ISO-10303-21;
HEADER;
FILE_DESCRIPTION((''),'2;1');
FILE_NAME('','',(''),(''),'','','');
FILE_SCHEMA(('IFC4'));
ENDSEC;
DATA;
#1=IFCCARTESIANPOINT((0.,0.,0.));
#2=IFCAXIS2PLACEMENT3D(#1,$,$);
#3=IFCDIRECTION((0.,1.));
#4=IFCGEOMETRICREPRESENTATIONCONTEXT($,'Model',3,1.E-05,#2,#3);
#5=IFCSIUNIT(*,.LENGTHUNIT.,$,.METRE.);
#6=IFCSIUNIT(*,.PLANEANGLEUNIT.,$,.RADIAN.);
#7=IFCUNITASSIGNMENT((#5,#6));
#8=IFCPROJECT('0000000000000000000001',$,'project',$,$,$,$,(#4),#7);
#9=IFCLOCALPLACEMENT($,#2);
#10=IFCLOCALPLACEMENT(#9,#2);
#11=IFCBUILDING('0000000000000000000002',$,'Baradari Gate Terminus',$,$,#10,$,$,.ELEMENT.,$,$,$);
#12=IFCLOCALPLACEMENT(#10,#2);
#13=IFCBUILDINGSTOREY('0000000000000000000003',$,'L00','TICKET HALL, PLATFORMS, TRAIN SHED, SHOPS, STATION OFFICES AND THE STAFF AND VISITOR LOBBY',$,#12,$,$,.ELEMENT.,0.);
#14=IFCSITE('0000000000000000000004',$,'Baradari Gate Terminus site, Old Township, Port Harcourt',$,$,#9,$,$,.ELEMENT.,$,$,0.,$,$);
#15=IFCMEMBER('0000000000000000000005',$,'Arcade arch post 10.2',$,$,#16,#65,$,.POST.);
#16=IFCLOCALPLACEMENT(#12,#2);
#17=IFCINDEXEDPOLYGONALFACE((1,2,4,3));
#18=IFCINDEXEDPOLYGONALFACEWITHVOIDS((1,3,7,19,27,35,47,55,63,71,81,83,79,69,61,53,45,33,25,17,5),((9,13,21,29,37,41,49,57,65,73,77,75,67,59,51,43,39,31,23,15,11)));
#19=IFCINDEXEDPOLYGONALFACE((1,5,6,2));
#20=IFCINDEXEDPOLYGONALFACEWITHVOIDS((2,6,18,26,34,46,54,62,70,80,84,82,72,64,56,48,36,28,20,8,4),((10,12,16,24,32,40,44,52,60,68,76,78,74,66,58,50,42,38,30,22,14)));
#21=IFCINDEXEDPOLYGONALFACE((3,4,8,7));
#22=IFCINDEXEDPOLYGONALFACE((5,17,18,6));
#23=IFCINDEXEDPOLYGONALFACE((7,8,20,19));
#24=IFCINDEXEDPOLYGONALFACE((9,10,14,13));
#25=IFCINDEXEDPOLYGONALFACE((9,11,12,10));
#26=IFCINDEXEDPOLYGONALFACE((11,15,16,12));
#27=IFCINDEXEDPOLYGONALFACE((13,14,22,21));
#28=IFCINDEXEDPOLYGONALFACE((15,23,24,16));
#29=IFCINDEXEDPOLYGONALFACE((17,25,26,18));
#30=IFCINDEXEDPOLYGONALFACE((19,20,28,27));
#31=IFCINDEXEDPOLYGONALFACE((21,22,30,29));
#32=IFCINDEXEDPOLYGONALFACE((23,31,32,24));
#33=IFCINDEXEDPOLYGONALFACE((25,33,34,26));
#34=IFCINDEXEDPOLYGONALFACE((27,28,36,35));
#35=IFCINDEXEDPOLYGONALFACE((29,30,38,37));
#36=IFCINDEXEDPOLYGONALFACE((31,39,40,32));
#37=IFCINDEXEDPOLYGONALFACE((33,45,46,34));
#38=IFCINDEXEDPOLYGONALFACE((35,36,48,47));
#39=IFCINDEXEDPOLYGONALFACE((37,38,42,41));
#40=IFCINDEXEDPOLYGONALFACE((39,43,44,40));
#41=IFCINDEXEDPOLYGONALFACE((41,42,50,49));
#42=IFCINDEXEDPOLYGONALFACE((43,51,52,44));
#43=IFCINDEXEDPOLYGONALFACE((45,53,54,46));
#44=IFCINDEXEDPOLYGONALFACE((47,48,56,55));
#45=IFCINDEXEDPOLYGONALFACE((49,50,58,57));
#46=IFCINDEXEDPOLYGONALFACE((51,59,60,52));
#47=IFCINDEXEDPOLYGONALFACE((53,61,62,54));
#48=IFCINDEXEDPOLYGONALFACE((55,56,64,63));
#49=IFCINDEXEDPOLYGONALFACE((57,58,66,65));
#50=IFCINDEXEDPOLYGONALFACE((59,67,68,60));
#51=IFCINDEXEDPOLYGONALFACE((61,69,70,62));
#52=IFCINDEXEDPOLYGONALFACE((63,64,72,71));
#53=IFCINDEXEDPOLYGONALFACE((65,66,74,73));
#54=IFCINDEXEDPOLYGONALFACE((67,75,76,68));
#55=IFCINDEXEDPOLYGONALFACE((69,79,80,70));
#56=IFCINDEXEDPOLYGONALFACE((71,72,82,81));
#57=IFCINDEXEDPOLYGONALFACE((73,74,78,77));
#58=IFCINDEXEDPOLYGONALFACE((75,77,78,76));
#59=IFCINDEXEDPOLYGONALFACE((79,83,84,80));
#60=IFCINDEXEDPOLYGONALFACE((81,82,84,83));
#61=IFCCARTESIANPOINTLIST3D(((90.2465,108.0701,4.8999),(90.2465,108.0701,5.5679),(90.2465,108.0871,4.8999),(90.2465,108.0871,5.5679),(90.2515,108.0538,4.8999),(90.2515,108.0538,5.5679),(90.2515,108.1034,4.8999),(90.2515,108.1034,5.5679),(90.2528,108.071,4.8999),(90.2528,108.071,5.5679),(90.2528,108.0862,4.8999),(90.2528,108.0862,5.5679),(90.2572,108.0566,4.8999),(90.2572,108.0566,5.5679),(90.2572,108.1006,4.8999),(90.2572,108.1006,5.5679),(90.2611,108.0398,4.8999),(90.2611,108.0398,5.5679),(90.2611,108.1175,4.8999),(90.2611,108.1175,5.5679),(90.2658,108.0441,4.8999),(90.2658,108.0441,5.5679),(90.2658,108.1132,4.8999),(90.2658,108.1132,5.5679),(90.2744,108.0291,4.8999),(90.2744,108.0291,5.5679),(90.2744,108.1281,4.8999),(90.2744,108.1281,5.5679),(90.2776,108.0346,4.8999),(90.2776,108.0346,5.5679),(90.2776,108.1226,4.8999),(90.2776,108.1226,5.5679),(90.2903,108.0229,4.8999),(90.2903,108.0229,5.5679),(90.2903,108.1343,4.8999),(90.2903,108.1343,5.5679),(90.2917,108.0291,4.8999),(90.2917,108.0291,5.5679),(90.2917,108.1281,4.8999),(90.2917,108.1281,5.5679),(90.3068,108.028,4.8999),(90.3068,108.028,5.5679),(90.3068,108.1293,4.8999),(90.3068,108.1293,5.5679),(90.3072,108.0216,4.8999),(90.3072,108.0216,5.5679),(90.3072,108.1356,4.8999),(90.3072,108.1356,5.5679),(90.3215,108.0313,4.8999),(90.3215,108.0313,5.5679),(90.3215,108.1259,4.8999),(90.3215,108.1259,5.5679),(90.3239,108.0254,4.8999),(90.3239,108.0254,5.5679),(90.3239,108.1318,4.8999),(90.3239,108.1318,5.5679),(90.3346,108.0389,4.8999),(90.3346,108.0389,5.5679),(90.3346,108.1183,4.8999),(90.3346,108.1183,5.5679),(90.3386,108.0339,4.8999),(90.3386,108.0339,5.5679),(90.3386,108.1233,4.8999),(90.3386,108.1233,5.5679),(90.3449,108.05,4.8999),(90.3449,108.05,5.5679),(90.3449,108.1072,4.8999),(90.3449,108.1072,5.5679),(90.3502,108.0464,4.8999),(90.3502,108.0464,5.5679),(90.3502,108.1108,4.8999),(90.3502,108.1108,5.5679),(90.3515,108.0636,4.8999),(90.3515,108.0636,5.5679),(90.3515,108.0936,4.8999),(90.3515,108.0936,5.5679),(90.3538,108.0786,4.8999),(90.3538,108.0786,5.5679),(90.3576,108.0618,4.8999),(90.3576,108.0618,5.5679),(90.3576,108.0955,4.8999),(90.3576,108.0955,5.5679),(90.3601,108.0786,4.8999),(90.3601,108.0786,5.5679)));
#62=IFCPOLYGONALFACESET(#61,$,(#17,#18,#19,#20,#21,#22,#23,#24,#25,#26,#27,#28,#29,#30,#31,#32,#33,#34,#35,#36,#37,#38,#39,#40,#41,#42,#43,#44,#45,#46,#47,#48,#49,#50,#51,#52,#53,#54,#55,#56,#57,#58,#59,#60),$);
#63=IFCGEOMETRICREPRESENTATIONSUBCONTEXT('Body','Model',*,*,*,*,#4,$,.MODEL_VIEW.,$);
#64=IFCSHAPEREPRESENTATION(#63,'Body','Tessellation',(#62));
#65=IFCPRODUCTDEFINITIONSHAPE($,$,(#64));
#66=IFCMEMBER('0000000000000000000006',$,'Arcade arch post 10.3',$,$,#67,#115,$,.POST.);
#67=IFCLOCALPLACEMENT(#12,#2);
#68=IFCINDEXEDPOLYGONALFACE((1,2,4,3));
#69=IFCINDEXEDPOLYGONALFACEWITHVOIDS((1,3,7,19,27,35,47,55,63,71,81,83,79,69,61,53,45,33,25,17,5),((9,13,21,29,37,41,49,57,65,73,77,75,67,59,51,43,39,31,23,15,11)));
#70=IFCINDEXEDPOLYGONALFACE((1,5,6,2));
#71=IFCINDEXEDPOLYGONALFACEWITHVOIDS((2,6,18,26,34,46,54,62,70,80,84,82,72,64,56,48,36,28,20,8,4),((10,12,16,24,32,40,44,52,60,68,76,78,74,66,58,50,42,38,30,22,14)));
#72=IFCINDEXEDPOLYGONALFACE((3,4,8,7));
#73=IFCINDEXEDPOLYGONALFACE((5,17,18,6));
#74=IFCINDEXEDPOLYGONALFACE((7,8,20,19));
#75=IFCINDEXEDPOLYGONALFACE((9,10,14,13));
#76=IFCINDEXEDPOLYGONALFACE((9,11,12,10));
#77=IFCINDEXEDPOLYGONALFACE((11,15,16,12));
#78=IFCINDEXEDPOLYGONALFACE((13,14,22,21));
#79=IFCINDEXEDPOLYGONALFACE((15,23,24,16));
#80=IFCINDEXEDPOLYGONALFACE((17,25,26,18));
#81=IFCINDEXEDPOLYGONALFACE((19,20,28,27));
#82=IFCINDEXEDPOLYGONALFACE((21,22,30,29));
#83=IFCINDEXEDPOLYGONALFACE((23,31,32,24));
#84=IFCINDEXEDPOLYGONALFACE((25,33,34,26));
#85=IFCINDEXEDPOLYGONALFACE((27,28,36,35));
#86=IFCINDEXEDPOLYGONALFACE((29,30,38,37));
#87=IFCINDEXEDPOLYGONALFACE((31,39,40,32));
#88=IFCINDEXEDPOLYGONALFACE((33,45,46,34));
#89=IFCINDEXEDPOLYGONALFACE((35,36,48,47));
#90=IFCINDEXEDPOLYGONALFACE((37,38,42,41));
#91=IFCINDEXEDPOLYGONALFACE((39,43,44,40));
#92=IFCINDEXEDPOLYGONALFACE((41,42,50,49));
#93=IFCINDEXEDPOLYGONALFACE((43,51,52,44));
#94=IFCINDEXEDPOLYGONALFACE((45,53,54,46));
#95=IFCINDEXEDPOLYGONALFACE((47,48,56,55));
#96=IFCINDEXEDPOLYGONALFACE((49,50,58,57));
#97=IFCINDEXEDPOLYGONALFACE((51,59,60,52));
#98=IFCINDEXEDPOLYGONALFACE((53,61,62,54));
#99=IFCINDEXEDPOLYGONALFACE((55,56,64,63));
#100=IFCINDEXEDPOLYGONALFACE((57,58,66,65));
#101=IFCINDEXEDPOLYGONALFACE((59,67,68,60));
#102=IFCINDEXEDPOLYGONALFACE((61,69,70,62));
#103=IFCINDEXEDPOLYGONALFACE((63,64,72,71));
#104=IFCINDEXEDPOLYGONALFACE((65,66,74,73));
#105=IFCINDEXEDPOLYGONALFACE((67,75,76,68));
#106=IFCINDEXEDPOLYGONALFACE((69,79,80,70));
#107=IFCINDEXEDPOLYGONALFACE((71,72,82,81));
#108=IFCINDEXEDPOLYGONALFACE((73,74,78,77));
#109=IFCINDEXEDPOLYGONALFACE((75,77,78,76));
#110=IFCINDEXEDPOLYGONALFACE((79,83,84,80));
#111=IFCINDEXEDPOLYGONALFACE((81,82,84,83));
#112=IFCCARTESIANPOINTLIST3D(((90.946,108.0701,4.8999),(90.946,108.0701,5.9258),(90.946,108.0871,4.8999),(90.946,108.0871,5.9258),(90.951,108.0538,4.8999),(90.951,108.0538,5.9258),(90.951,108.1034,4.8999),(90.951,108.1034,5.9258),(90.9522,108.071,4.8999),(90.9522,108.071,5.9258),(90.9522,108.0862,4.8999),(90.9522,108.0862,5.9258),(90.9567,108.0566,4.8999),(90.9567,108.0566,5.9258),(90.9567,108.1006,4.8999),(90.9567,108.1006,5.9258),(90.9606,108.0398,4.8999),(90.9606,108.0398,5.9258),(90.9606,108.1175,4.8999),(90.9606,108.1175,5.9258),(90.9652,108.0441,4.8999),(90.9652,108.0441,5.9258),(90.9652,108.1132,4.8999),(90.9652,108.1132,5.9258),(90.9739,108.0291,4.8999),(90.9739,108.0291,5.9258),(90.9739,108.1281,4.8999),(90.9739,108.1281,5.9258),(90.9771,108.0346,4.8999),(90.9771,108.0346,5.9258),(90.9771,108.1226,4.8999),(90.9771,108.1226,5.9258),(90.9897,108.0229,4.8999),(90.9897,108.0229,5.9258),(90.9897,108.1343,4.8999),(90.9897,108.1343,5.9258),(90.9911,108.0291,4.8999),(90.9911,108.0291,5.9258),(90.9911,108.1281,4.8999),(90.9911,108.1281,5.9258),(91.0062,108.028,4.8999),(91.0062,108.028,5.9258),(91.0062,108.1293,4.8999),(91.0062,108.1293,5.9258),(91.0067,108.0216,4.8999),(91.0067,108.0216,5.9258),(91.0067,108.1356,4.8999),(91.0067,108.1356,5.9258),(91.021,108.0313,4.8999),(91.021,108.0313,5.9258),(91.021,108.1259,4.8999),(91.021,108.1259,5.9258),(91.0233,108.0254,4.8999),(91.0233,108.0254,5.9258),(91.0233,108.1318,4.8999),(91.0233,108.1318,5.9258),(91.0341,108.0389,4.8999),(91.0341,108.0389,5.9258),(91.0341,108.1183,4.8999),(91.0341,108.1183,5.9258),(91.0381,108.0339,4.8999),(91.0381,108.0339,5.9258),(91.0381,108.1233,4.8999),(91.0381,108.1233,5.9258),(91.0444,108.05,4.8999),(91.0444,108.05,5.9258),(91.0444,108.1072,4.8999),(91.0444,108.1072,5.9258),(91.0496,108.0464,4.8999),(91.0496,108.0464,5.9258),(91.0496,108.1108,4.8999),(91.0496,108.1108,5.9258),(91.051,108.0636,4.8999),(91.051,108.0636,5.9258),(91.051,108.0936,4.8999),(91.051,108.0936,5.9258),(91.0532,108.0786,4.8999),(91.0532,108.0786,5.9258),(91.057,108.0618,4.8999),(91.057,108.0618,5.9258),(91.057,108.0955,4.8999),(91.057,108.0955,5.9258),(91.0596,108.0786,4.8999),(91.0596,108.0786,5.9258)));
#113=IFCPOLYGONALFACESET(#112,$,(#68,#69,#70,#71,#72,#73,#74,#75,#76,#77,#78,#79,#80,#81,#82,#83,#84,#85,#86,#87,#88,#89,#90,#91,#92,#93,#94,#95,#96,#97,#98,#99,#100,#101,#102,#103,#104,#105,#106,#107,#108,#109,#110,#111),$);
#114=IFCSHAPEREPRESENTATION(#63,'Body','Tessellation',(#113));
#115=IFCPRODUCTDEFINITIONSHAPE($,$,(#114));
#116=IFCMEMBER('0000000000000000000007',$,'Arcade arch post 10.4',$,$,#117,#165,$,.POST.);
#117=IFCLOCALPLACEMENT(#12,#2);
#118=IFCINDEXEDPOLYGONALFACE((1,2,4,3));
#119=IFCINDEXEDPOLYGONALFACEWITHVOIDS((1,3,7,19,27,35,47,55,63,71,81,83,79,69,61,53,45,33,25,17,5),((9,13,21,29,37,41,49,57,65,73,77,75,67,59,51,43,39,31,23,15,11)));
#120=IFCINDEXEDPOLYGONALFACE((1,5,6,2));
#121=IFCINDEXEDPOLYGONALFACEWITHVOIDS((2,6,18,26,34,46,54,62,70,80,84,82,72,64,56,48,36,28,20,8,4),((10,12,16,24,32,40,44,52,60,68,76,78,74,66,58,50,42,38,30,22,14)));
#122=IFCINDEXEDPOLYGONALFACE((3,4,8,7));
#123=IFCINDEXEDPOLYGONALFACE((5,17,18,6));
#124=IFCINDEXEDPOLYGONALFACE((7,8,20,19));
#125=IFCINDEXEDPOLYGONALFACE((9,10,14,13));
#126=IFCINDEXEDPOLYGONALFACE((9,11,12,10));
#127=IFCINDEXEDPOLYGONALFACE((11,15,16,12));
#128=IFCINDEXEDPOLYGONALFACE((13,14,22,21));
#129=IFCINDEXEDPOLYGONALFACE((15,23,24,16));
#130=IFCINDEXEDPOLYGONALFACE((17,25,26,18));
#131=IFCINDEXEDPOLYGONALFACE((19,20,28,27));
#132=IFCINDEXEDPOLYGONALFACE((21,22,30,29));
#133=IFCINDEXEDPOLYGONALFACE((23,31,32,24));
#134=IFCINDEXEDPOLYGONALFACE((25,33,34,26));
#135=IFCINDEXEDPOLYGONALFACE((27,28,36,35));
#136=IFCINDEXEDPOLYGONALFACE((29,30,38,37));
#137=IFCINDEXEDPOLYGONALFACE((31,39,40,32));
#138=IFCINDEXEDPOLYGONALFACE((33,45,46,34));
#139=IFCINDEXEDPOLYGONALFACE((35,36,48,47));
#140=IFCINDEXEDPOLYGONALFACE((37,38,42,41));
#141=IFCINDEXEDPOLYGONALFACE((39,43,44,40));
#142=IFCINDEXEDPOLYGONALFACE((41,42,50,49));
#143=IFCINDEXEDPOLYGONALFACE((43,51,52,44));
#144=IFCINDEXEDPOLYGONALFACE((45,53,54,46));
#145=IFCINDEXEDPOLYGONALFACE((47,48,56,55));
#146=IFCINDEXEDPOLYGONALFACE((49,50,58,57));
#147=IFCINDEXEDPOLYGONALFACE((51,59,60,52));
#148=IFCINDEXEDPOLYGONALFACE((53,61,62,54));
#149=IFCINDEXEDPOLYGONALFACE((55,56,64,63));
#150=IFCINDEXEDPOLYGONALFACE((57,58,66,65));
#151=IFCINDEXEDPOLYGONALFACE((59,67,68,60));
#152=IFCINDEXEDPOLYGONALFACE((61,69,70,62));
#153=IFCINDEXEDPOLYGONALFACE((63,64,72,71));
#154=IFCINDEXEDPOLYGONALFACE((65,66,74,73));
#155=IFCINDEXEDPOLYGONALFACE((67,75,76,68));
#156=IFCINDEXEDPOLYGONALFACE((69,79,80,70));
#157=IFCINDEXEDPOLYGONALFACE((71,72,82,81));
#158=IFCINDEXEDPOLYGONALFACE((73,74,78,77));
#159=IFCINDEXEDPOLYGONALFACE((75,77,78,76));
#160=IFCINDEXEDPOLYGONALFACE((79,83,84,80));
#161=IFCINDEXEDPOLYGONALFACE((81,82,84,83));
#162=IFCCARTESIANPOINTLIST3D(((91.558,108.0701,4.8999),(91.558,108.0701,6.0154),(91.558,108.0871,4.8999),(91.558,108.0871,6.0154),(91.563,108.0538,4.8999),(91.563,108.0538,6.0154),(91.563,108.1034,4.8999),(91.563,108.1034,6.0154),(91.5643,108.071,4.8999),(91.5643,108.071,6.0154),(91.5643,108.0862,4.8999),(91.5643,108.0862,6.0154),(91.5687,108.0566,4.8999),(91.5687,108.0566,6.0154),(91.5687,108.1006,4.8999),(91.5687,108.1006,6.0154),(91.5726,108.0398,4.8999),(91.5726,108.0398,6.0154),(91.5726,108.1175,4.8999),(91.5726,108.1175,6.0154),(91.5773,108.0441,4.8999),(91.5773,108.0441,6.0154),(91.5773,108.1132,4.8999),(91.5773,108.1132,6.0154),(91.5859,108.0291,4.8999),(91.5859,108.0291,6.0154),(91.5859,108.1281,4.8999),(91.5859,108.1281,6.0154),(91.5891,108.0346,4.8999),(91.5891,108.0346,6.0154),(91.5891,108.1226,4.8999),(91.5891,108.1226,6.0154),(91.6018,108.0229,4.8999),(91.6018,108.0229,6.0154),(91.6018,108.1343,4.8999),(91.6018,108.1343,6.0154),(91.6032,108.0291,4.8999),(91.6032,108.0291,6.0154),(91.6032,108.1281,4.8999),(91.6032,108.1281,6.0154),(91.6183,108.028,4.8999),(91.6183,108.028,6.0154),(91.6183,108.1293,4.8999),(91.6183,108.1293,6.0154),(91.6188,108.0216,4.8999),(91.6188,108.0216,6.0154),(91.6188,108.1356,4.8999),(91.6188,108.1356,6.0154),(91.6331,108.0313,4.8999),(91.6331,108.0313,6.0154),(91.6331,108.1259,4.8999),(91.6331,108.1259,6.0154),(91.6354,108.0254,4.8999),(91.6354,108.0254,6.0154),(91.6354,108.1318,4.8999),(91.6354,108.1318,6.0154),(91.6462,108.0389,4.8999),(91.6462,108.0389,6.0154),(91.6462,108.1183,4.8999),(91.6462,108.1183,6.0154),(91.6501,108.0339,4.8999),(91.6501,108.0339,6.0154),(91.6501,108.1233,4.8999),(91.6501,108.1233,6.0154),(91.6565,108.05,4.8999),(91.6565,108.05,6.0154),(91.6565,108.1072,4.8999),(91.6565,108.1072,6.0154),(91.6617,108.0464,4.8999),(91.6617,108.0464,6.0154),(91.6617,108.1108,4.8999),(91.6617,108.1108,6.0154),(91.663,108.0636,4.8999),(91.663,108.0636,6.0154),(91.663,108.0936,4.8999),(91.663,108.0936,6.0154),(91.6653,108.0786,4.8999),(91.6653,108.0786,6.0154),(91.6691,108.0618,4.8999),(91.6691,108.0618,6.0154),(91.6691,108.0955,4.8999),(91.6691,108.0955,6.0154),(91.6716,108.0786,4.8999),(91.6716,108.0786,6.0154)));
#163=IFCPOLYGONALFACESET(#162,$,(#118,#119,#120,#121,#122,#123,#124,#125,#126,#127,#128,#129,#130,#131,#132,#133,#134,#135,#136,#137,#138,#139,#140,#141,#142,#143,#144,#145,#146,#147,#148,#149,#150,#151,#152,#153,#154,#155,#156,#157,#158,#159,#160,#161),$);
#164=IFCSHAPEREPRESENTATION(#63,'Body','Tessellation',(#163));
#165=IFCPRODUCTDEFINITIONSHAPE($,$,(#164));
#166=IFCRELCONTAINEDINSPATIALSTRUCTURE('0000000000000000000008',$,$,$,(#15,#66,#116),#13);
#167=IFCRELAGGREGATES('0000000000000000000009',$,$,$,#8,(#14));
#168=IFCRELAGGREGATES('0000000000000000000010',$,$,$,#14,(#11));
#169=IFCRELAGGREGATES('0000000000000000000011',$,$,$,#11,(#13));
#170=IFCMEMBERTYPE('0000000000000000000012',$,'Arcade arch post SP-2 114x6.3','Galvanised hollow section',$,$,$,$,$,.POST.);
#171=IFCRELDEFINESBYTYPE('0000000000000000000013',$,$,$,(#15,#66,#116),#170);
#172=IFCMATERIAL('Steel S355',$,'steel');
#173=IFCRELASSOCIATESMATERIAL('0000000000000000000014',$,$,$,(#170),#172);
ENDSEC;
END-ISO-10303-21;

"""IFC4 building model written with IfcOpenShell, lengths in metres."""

from ifc_helpers import new_model, si_unit, direction, frame, origin, origin_2d, place, context, subcontext, project, spatial, hollow_circle, extrude, material, material_profile, profile_set, type_object, element, save


model = new_model("IFC4")

# Units and contexts
model_context = context("Model", 3, precision=1e-05, world=origin(), true_north=direction((0.0, 1.0)))
body_context = subcontext(model_context, "Body", "Model", "MODEL_VIEW")
ifc_project = project(units=[si_unit("LENGTHUNIT", "METRE"), si_unit("PLANEANGLEUNIT", "RADIAN")], contexts=[model_context])

# Site, building, storey
site_placement = place(None, origin())
site = spatial("IfcSite", under=ifc_project, at=site_placement, Name="Baradari Gate Terminus site, Old Township, Port Harcourt", CompositionType="ELEMENT", RefElevation=0.0)
building_placement = place(site_placement, origin())
building = spatial("IfcBuilding", under=site, at=building_placement, Name="Baradari Gate Terminus", CompositionType="ELEMENT")
storey_placement = place(building_placement, origin())
storey = spatial("IfcBuildingStorey", under=building, at=storey_placement, Name="L00", Description="TICKET HALL, PLATFORMS, TRAIN SHED, SHOPS, STATION OFFICES AND THE STAFF AND VISITOR LOBBY", CompositionType="ELEMENT", Elevation=0.0)

# Members
ifc_material_1 = material(Name="Steel S355", Category="steel")
ifc_material_profile_1 = material_profile(ifc_material_1, hollow_circle(Radius=0.0571, WallThickness=0.0063, at=origin_2d()), Name="CHS 114.3x6.3")
ifc_profile_set_1 = profile_set([ifc_material_profile_1], Name="Steel S355")
member_type = type_object("IfcMemberType", Name="Arcade arch post SP-2 114x6.3", Description="Galvanised hollow section", PredefinedType="POST", material=ifc_profile_set_1)
member_1_placement = place(storey_placement, frame((90.303, 108.0786, 4.8999), z_axis=(0.0, 0.0, 1.0), x_axis=(1.0, 0.0, 0.0)))
element("IfcMember", 1, at=member_1_placement, inside=storey, type_object=member_type, Name="Arcade arch post 10.2", PredefinedType="POST", context=body_context, shape_type="SweptSolid", body=[
    extrude(hollow_circle(Radius=0.0571, WallThickness=0.0063, at=origin_2d()), origin(), (0.0, 0.0, 1.0), 0.668),
])
member_2_placement = place(storey_placement, frame((91.0024, 108.0786, 4.8999), z_axis=(0.0, 0.0, 1.0), x_axis=(1.0, 0.0, 0.0)))
element("IfcMember", 2, at=member_2_placement, inside=storey, type_object=member_type, Name="Arcade arch post 10.3", PredefinedType="POST", context=body_context, shape_type="SweptSolid", body=[
    extrude(hollow_circle(Radius=0.0571, WallThickness=0.0063, at=origin_2d()), origin(), (0.0, 0.0, 1.0), 1.0259),
])
member_3_placement = place(storey_placement, frame((91.6145, 108.0786, 4.8999), z_axis=(0.0, 0.0, 1.0), x_axis=(1.0, 0.0, 0.0)))
element("IfcMember", 3, at=member_3_placement, inside=storey, type_object=member_type, Name="Arcade arch post 10.4", PredefinedType="POST", context=body_context, shape_type="SweptSolid", body=[
    extrude(hollow_circle(Radius=0.0571, WallThickness=0.0063, at=origin_2d()), origin(), (0.0, 0.0, 1.0), 1.1155),
])

save(model, "model.ifc")
